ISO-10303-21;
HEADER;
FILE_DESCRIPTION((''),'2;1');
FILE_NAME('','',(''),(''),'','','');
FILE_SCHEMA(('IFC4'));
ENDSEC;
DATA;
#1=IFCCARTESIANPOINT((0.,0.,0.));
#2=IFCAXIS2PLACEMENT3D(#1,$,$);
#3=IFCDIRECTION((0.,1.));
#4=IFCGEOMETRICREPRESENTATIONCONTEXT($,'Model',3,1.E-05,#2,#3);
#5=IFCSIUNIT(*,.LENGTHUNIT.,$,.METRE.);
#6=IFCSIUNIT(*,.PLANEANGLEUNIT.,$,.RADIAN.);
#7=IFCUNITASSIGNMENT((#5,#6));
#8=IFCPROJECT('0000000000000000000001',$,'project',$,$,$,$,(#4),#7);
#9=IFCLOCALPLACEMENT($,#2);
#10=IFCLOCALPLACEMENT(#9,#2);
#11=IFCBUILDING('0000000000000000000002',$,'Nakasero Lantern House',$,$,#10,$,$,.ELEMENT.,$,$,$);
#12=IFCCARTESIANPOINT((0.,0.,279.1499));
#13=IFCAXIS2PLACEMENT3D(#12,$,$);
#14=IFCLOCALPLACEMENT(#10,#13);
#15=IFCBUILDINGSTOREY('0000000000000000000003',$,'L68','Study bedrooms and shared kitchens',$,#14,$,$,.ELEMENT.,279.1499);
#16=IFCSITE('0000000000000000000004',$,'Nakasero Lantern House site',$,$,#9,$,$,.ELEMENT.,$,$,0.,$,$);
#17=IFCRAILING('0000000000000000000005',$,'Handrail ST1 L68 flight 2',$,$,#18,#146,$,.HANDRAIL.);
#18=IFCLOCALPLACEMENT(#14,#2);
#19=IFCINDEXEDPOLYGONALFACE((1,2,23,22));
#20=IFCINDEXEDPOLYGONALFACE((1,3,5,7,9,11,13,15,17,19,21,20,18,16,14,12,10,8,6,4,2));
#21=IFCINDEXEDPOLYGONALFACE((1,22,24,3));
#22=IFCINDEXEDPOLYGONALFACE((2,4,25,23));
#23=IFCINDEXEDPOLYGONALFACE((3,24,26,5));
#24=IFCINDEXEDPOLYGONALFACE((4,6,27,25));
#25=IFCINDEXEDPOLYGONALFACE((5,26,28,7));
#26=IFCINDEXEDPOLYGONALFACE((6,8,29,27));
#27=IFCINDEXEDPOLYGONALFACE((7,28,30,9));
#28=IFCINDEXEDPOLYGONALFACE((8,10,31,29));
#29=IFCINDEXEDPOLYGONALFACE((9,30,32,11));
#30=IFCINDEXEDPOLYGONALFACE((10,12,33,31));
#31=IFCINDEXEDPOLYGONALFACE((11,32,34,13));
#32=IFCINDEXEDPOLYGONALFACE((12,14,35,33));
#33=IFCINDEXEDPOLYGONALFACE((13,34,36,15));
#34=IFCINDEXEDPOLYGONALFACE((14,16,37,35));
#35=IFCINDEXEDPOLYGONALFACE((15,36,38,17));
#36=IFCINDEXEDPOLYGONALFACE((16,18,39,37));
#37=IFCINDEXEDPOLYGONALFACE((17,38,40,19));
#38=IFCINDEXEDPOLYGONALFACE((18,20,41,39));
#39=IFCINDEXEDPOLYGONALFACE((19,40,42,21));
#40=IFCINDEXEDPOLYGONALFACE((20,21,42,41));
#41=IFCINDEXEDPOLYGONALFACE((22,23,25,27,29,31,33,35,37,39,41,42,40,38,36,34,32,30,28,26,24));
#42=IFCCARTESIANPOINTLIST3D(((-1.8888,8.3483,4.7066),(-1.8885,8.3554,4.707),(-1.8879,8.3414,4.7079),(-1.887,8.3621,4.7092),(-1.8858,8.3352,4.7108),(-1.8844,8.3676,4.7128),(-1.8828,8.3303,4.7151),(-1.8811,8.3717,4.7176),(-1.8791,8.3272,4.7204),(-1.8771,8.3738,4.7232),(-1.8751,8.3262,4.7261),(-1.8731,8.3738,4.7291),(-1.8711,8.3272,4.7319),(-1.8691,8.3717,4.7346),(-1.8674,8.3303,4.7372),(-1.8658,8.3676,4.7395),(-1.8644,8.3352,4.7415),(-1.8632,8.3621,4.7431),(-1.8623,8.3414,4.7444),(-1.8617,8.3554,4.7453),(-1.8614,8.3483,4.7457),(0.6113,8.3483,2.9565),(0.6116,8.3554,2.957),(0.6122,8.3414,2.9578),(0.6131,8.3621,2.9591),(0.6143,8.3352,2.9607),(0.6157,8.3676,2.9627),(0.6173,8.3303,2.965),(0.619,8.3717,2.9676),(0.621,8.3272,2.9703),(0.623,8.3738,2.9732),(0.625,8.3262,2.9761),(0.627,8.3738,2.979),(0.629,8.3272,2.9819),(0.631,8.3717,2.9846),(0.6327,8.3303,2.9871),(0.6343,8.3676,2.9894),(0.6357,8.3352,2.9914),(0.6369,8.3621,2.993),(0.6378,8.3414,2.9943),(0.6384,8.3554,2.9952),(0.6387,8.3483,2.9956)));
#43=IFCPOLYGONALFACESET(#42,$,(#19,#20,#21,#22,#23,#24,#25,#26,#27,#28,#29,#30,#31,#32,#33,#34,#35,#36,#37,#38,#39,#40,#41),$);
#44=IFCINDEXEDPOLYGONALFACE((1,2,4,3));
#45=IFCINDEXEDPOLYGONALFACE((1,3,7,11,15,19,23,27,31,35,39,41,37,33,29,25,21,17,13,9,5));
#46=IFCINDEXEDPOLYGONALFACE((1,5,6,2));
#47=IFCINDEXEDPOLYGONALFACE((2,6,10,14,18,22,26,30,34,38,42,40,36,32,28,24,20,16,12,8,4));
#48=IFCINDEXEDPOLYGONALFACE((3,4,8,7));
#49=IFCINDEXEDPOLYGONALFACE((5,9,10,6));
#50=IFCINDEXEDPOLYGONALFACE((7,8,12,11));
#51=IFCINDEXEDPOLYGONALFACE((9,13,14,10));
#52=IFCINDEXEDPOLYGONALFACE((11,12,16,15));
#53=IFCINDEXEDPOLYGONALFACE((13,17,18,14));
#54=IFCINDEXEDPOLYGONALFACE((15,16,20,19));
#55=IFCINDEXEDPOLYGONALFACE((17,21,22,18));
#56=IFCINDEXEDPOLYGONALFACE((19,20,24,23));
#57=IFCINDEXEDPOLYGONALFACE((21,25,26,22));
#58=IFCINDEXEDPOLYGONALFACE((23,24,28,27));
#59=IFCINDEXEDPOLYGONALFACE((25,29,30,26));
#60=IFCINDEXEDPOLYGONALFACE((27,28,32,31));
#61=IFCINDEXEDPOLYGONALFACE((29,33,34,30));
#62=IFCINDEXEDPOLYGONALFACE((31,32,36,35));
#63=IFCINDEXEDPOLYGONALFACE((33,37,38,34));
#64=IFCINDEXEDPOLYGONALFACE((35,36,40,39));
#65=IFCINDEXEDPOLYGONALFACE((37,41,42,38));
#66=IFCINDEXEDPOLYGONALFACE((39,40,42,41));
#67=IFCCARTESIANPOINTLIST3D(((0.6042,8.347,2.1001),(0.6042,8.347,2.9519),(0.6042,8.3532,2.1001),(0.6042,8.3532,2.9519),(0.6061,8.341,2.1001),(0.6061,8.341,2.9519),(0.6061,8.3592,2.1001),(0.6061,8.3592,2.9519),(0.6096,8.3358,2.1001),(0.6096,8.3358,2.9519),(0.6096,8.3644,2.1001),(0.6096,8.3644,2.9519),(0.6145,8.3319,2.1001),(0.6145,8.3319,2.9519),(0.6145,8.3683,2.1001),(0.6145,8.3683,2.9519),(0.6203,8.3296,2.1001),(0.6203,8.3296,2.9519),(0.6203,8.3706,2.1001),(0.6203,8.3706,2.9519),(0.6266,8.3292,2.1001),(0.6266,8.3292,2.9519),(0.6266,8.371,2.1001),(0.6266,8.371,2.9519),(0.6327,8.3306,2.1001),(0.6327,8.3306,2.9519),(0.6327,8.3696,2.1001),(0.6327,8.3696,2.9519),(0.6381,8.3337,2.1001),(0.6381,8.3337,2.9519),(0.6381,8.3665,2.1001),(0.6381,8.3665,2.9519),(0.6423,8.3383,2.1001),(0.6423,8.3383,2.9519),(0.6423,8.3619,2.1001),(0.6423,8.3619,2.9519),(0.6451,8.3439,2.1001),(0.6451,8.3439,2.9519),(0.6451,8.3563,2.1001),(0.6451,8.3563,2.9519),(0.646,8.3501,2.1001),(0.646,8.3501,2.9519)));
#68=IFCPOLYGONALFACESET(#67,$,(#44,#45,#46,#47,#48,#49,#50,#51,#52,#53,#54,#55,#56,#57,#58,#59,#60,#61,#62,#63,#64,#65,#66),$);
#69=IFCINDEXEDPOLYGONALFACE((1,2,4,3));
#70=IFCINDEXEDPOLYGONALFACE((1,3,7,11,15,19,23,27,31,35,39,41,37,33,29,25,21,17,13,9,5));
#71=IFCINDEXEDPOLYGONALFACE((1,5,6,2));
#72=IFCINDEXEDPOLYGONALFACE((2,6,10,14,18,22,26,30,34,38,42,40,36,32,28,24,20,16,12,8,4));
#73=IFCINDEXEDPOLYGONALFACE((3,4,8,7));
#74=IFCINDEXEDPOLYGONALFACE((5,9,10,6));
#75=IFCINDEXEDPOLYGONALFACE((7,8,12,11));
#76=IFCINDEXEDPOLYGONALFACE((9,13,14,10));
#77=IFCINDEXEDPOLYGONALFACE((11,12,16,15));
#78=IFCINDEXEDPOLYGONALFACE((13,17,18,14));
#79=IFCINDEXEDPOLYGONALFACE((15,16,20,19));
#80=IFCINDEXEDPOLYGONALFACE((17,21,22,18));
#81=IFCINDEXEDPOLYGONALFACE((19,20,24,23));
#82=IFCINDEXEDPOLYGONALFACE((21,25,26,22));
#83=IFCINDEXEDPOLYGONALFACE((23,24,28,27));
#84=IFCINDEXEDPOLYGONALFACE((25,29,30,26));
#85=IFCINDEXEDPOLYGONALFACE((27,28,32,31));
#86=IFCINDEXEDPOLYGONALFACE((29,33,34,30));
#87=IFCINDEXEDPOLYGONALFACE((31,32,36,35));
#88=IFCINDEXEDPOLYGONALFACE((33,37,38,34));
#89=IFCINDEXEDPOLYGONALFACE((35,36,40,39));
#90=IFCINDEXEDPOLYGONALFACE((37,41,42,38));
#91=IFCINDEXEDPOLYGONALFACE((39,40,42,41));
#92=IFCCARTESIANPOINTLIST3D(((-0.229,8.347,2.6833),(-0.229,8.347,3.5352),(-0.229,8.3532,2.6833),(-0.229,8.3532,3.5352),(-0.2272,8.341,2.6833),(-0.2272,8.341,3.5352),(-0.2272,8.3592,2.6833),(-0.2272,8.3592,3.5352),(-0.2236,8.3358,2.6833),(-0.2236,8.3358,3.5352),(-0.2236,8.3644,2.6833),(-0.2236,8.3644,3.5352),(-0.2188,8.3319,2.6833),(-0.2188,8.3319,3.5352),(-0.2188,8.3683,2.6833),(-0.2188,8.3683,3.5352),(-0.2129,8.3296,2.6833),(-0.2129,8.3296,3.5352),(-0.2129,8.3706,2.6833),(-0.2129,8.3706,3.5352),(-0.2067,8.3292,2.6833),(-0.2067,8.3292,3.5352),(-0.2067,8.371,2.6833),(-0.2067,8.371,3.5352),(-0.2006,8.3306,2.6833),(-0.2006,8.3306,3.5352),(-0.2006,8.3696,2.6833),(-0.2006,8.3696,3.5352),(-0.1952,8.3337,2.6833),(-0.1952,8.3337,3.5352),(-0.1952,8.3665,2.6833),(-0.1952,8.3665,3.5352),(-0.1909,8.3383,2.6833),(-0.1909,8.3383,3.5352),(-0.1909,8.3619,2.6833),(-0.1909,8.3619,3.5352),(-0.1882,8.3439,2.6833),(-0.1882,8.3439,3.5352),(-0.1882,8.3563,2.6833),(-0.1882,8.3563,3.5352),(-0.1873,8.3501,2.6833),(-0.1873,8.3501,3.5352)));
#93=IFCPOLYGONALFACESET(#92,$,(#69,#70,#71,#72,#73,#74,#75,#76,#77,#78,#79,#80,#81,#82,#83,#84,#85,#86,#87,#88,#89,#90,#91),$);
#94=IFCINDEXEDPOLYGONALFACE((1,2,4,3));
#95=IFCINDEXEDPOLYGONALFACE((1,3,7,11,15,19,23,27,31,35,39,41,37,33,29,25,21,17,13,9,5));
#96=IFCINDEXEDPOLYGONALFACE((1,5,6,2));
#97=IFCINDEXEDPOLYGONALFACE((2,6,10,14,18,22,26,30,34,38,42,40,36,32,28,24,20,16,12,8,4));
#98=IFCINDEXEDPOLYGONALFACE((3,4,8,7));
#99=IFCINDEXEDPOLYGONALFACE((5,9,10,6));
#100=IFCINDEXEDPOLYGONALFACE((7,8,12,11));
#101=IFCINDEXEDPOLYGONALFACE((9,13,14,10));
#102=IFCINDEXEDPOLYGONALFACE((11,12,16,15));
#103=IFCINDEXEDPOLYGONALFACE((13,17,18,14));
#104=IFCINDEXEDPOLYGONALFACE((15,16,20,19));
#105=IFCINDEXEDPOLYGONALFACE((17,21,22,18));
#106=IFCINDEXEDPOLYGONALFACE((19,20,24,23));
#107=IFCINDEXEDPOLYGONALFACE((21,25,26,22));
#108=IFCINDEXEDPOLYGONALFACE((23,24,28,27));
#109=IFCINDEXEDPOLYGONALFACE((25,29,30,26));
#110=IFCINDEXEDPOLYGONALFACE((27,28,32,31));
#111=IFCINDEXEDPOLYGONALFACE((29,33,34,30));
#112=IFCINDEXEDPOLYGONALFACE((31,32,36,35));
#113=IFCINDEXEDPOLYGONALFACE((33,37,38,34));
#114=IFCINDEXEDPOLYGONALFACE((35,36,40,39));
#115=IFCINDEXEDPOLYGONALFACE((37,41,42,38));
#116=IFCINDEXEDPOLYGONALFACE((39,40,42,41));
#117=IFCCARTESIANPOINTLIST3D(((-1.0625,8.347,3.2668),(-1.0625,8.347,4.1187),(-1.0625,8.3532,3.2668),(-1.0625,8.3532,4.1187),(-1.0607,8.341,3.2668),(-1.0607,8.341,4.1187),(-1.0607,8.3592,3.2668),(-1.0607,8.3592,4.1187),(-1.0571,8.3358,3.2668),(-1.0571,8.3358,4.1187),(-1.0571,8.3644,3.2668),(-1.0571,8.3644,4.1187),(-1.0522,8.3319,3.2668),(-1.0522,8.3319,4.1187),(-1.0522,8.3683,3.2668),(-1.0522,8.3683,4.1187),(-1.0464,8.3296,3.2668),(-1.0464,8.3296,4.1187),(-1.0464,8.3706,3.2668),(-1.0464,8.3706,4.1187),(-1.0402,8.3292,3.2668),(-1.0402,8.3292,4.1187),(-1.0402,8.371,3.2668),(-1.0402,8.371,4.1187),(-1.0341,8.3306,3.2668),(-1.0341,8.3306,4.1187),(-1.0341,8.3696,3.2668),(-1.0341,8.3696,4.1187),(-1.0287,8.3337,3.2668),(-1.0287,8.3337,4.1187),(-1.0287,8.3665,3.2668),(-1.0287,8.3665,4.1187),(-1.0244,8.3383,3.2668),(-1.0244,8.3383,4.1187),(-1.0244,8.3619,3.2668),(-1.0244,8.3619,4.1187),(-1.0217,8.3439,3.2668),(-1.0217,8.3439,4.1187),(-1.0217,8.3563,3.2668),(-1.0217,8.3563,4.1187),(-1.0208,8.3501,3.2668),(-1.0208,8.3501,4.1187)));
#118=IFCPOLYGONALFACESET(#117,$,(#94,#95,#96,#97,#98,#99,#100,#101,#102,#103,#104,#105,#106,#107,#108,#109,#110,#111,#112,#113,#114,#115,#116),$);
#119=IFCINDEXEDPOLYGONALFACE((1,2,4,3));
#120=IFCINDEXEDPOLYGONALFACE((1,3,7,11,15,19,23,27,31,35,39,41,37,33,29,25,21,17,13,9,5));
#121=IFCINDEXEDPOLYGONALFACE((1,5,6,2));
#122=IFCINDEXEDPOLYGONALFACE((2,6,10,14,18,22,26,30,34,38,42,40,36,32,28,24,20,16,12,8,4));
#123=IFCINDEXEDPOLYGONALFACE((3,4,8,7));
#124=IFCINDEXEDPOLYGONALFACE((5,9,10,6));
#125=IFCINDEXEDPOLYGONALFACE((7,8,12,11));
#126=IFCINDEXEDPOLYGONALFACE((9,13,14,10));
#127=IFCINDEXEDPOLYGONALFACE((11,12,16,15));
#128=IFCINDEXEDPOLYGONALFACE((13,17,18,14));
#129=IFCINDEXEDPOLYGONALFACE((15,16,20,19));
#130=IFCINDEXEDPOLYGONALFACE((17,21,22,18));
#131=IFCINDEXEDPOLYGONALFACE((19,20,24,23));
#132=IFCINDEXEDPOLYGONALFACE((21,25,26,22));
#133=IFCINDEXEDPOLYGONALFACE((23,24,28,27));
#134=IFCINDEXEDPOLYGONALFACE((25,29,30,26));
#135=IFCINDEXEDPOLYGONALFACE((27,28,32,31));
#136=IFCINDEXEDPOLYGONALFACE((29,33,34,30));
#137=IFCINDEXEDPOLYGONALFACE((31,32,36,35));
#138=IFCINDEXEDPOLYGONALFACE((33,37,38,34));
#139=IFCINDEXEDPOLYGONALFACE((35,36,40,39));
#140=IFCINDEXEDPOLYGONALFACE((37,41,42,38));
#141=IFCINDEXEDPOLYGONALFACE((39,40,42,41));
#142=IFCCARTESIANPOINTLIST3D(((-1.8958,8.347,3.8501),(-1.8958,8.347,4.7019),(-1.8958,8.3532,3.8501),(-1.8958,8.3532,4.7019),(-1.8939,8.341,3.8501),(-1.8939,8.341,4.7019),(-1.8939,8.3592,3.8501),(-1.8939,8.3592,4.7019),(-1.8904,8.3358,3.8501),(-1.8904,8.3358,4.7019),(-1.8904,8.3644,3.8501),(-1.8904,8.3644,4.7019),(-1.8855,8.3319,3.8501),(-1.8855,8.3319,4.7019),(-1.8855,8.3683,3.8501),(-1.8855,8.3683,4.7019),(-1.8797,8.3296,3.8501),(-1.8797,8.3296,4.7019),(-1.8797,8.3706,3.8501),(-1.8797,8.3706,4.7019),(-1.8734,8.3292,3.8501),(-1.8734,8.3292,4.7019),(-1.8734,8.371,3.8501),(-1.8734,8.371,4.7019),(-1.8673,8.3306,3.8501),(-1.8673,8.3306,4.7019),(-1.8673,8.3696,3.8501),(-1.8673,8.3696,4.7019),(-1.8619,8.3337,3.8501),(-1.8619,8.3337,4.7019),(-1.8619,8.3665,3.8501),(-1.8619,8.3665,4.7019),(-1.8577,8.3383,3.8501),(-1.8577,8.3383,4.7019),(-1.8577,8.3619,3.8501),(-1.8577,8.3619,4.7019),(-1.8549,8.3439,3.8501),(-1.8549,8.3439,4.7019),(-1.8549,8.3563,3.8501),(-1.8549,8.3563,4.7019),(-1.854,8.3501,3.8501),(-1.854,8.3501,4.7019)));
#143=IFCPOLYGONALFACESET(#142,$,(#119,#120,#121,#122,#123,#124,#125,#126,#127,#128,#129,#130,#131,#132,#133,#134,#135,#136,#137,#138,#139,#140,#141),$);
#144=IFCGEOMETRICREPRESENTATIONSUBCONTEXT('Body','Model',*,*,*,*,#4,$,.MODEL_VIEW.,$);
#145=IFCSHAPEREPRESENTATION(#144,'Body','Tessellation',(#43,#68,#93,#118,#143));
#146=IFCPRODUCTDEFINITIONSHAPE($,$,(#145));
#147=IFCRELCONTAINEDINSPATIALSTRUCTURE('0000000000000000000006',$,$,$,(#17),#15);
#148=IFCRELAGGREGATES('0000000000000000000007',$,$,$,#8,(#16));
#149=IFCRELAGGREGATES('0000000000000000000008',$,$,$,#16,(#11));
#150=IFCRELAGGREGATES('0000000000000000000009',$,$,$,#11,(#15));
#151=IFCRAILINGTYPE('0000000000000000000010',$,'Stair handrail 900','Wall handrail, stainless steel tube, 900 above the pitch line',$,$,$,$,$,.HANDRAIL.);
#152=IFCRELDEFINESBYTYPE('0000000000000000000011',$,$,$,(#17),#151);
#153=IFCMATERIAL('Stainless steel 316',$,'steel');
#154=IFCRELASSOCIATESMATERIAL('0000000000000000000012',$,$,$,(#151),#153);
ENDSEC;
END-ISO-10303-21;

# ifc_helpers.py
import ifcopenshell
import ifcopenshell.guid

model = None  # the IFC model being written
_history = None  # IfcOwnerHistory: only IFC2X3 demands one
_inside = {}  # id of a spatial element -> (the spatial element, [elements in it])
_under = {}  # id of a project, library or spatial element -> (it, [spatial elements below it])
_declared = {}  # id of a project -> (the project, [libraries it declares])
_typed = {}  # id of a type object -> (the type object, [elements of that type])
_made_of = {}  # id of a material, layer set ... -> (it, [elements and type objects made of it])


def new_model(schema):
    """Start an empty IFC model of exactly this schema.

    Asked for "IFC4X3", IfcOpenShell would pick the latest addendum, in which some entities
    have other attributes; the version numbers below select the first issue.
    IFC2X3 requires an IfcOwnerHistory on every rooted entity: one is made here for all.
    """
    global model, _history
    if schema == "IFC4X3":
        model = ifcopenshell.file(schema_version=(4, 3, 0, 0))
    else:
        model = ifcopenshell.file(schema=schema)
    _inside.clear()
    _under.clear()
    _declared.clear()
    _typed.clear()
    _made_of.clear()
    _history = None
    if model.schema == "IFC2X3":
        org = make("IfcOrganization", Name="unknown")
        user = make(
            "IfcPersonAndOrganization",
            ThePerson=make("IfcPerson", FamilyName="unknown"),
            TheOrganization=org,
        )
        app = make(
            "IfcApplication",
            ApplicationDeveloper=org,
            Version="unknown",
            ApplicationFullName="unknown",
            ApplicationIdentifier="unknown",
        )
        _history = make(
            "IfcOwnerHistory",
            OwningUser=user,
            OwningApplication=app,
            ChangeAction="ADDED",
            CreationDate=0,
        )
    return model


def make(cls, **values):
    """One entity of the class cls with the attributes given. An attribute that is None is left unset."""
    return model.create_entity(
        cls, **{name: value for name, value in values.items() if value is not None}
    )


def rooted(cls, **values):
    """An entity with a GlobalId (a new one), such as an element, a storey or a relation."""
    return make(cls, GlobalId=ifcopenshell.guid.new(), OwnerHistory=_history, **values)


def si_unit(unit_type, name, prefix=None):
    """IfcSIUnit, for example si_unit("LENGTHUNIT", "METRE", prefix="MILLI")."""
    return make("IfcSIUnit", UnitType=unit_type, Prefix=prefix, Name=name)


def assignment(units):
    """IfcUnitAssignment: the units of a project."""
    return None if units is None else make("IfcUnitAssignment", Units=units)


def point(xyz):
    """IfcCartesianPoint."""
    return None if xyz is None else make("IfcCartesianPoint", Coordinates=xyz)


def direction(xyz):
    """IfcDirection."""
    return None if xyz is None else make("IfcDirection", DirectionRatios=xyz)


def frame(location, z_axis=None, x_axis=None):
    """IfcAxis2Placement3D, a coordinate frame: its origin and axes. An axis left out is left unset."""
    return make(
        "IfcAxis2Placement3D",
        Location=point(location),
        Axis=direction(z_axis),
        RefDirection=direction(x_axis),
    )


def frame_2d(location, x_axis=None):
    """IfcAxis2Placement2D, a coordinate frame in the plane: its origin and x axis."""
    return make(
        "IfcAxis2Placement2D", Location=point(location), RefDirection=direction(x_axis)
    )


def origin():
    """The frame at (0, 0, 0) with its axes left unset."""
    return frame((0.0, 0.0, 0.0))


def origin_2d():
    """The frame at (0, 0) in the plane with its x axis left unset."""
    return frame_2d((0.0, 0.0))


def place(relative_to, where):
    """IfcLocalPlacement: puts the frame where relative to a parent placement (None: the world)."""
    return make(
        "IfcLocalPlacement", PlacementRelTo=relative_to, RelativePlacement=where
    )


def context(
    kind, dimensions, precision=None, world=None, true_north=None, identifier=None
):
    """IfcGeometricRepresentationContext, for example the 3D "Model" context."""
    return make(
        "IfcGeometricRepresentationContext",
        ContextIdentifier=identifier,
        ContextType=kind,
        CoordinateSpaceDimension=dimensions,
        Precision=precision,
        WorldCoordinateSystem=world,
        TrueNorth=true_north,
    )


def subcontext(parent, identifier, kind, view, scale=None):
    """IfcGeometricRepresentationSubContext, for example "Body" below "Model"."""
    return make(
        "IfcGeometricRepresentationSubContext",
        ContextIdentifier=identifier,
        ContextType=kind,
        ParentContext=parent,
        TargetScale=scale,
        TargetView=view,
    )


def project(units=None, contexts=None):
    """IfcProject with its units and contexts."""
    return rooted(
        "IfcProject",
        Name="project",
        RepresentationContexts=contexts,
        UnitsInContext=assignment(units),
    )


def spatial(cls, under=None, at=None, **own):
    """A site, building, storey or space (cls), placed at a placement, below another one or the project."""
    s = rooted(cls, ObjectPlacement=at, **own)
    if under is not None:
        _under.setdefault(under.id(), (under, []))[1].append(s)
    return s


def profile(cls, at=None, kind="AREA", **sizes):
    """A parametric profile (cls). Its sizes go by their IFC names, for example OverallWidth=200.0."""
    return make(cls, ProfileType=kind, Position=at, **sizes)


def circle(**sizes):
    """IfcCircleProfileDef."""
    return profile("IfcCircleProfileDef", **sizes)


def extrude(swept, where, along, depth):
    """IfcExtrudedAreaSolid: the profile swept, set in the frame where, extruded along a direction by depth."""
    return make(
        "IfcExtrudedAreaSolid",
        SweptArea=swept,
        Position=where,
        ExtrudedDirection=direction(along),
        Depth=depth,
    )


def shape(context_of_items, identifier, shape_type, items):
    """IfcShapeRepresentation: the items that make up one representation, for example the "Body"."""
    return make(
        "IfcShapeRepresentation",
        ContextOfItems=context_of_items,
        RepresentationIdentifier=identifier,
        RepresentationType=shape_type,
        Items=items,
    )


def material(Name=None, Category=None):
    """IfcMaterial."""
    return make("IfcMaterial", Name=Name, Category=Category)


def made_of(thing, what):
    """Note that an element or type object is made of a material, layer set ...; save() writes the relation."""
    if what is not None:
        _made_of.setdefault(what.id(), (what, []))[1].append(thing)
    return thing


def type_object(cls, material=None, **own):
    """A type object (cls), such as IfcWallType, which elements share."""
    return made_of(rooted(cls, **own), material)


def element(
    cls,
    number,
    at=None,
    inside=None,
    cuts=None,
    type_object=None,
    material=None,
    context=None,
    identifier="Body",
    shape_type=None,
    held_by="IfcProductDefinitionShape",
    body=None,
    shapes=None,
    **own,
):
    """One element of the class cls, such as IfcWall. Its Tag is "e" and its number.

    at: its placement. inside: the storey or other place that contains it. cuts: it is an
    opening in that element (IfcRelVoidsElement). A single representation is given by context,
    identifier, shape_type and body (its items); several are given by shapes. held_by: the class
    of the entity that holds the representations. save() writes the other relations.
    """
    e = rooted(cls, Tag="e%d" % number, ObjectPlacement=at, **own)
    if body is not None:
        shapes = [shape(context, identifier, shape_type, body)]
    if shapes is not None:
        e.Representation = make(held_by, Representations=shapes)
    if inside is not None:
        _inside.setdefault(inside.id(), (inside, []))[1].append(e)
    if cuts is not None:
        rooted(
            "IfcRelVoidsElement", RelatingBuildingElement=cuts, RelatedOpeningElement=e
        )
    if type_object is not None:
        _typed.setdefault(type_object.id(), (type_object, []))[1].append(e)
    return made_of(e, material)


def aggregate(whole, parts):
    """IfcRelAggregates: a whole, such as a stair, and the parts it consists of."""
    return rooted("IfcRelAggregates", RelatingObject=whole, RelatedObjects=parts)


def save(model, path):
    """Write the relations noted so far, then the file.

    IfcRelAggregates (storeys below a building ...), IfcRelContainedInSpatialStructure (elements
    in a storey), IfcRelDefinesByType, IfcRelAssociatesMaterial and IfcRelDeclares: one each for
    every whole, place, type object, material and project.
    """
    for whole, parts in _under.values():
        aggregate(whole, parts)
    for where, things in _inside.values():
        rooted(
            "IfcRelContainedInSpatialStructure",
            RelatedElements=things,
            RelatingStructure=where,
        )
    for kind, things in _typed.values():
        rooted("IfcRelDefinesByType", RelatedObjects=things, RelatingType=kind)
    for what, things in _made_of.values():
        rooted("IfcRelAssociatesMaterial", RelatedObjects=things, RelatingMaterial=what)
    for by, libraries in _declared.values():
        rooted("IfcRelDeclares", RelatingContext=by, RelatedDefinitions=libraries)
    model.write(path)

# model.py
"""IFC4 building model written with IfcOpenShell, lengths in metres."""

from ifc_helpers import new_model, si_unit, direction, frame, origin, origin_2d, place, context, subcontext, project, spatial, circle, extrude, material, type_object, element, save


model = new_model("IFC4")

# Units and contexts
model_context = context("Model", 3, precision=1e-05, world=origin(), true_north=direction((0.0, 1.0)))
body_context = subcontext(model_context, "Body", "Model", "MODEL_VIEW")
ifc_project = project(units=[si_unit("LENGTHUNIT", "METRE"), si_unit("PLANEANGLEUNIT", "RADIAN")], contexts=[model_context])

# Site, building, storey
site_placement = place(None, origin())
site = spatial("IfcSite", under=ifc_project, at=site_placement, Name="Nakasero Lantern House site", CompositionType="ELEMENT", RefElevation=0.0)
building_placement = place(site_placement, origin())
building = spatial("IfcBuilding", under=site, at=building_placement, Name="Nakasero Lantern House", CompositionType="ELEMENT")
storey_placement = place(building_placement, frame((0.0, 0.0, 279.1499)))
storey = spatial("IfcBuildingStorey", under=building, at=storey_placement, Name="L68", Description="Study bedrooms and shared kitchens", CompositionType="ELEMENT", Elevation=279.1499)

# Railing
ifc_material_1 = material(Name="Stainless steel 316", Category="steel")
railing_type = type_object("IfcRailingType", Name="Stair handrail 900", Description="Wall handrail, stainless steel tube, 900 above the pitch line", PredefinedType="HANDRAIL", material=ifc_material_1)
railing_placement = place(storey_placement, frame((0.625, 8.3501, 2.1001)))
element("IfcRailing", 1, at=railing_placement, inside=storey, type_object=railing_type, Name="Handrail ST1 L68 flight 2", PredefinedType="HANDRAIL", context=body_context, shape_type="SweptSolid", body=[
    extrude(circle(Radius=0.0239, at=origin_2d()), frame((0.0, 0.0, 0.876), z_axis=(-0.819232, 0.0, 0.573462), x_axis=(0.0, -1.0, 0.0)), (0.0, 0.0, 1.0), 3.0518),
    extrude(circle(Radius=0.021, at=origin_2d()), origin(), (0.0, 0.0, 1.0), 0.8518),
    extrude(circle(Radius=0.021, at=origin_2d()), frame((-0.8333, 0.0, 0.5833)), (0.0, 0.0, 1.0), 0.8518),
    extrude(circle(Radius=0.021, at=origin_2d()), frame((-1.6667, 0.0, 1.1667)), (0.0, 0.0, 1.0), 0.8518),
    extrude(circle(Radius=0.021, at=origin_2d()), frame((-2.5, 0.0, 1.75)), (0.0, 0.0, 1.0), 0.8518),
])

save(model, "model.ifc")
